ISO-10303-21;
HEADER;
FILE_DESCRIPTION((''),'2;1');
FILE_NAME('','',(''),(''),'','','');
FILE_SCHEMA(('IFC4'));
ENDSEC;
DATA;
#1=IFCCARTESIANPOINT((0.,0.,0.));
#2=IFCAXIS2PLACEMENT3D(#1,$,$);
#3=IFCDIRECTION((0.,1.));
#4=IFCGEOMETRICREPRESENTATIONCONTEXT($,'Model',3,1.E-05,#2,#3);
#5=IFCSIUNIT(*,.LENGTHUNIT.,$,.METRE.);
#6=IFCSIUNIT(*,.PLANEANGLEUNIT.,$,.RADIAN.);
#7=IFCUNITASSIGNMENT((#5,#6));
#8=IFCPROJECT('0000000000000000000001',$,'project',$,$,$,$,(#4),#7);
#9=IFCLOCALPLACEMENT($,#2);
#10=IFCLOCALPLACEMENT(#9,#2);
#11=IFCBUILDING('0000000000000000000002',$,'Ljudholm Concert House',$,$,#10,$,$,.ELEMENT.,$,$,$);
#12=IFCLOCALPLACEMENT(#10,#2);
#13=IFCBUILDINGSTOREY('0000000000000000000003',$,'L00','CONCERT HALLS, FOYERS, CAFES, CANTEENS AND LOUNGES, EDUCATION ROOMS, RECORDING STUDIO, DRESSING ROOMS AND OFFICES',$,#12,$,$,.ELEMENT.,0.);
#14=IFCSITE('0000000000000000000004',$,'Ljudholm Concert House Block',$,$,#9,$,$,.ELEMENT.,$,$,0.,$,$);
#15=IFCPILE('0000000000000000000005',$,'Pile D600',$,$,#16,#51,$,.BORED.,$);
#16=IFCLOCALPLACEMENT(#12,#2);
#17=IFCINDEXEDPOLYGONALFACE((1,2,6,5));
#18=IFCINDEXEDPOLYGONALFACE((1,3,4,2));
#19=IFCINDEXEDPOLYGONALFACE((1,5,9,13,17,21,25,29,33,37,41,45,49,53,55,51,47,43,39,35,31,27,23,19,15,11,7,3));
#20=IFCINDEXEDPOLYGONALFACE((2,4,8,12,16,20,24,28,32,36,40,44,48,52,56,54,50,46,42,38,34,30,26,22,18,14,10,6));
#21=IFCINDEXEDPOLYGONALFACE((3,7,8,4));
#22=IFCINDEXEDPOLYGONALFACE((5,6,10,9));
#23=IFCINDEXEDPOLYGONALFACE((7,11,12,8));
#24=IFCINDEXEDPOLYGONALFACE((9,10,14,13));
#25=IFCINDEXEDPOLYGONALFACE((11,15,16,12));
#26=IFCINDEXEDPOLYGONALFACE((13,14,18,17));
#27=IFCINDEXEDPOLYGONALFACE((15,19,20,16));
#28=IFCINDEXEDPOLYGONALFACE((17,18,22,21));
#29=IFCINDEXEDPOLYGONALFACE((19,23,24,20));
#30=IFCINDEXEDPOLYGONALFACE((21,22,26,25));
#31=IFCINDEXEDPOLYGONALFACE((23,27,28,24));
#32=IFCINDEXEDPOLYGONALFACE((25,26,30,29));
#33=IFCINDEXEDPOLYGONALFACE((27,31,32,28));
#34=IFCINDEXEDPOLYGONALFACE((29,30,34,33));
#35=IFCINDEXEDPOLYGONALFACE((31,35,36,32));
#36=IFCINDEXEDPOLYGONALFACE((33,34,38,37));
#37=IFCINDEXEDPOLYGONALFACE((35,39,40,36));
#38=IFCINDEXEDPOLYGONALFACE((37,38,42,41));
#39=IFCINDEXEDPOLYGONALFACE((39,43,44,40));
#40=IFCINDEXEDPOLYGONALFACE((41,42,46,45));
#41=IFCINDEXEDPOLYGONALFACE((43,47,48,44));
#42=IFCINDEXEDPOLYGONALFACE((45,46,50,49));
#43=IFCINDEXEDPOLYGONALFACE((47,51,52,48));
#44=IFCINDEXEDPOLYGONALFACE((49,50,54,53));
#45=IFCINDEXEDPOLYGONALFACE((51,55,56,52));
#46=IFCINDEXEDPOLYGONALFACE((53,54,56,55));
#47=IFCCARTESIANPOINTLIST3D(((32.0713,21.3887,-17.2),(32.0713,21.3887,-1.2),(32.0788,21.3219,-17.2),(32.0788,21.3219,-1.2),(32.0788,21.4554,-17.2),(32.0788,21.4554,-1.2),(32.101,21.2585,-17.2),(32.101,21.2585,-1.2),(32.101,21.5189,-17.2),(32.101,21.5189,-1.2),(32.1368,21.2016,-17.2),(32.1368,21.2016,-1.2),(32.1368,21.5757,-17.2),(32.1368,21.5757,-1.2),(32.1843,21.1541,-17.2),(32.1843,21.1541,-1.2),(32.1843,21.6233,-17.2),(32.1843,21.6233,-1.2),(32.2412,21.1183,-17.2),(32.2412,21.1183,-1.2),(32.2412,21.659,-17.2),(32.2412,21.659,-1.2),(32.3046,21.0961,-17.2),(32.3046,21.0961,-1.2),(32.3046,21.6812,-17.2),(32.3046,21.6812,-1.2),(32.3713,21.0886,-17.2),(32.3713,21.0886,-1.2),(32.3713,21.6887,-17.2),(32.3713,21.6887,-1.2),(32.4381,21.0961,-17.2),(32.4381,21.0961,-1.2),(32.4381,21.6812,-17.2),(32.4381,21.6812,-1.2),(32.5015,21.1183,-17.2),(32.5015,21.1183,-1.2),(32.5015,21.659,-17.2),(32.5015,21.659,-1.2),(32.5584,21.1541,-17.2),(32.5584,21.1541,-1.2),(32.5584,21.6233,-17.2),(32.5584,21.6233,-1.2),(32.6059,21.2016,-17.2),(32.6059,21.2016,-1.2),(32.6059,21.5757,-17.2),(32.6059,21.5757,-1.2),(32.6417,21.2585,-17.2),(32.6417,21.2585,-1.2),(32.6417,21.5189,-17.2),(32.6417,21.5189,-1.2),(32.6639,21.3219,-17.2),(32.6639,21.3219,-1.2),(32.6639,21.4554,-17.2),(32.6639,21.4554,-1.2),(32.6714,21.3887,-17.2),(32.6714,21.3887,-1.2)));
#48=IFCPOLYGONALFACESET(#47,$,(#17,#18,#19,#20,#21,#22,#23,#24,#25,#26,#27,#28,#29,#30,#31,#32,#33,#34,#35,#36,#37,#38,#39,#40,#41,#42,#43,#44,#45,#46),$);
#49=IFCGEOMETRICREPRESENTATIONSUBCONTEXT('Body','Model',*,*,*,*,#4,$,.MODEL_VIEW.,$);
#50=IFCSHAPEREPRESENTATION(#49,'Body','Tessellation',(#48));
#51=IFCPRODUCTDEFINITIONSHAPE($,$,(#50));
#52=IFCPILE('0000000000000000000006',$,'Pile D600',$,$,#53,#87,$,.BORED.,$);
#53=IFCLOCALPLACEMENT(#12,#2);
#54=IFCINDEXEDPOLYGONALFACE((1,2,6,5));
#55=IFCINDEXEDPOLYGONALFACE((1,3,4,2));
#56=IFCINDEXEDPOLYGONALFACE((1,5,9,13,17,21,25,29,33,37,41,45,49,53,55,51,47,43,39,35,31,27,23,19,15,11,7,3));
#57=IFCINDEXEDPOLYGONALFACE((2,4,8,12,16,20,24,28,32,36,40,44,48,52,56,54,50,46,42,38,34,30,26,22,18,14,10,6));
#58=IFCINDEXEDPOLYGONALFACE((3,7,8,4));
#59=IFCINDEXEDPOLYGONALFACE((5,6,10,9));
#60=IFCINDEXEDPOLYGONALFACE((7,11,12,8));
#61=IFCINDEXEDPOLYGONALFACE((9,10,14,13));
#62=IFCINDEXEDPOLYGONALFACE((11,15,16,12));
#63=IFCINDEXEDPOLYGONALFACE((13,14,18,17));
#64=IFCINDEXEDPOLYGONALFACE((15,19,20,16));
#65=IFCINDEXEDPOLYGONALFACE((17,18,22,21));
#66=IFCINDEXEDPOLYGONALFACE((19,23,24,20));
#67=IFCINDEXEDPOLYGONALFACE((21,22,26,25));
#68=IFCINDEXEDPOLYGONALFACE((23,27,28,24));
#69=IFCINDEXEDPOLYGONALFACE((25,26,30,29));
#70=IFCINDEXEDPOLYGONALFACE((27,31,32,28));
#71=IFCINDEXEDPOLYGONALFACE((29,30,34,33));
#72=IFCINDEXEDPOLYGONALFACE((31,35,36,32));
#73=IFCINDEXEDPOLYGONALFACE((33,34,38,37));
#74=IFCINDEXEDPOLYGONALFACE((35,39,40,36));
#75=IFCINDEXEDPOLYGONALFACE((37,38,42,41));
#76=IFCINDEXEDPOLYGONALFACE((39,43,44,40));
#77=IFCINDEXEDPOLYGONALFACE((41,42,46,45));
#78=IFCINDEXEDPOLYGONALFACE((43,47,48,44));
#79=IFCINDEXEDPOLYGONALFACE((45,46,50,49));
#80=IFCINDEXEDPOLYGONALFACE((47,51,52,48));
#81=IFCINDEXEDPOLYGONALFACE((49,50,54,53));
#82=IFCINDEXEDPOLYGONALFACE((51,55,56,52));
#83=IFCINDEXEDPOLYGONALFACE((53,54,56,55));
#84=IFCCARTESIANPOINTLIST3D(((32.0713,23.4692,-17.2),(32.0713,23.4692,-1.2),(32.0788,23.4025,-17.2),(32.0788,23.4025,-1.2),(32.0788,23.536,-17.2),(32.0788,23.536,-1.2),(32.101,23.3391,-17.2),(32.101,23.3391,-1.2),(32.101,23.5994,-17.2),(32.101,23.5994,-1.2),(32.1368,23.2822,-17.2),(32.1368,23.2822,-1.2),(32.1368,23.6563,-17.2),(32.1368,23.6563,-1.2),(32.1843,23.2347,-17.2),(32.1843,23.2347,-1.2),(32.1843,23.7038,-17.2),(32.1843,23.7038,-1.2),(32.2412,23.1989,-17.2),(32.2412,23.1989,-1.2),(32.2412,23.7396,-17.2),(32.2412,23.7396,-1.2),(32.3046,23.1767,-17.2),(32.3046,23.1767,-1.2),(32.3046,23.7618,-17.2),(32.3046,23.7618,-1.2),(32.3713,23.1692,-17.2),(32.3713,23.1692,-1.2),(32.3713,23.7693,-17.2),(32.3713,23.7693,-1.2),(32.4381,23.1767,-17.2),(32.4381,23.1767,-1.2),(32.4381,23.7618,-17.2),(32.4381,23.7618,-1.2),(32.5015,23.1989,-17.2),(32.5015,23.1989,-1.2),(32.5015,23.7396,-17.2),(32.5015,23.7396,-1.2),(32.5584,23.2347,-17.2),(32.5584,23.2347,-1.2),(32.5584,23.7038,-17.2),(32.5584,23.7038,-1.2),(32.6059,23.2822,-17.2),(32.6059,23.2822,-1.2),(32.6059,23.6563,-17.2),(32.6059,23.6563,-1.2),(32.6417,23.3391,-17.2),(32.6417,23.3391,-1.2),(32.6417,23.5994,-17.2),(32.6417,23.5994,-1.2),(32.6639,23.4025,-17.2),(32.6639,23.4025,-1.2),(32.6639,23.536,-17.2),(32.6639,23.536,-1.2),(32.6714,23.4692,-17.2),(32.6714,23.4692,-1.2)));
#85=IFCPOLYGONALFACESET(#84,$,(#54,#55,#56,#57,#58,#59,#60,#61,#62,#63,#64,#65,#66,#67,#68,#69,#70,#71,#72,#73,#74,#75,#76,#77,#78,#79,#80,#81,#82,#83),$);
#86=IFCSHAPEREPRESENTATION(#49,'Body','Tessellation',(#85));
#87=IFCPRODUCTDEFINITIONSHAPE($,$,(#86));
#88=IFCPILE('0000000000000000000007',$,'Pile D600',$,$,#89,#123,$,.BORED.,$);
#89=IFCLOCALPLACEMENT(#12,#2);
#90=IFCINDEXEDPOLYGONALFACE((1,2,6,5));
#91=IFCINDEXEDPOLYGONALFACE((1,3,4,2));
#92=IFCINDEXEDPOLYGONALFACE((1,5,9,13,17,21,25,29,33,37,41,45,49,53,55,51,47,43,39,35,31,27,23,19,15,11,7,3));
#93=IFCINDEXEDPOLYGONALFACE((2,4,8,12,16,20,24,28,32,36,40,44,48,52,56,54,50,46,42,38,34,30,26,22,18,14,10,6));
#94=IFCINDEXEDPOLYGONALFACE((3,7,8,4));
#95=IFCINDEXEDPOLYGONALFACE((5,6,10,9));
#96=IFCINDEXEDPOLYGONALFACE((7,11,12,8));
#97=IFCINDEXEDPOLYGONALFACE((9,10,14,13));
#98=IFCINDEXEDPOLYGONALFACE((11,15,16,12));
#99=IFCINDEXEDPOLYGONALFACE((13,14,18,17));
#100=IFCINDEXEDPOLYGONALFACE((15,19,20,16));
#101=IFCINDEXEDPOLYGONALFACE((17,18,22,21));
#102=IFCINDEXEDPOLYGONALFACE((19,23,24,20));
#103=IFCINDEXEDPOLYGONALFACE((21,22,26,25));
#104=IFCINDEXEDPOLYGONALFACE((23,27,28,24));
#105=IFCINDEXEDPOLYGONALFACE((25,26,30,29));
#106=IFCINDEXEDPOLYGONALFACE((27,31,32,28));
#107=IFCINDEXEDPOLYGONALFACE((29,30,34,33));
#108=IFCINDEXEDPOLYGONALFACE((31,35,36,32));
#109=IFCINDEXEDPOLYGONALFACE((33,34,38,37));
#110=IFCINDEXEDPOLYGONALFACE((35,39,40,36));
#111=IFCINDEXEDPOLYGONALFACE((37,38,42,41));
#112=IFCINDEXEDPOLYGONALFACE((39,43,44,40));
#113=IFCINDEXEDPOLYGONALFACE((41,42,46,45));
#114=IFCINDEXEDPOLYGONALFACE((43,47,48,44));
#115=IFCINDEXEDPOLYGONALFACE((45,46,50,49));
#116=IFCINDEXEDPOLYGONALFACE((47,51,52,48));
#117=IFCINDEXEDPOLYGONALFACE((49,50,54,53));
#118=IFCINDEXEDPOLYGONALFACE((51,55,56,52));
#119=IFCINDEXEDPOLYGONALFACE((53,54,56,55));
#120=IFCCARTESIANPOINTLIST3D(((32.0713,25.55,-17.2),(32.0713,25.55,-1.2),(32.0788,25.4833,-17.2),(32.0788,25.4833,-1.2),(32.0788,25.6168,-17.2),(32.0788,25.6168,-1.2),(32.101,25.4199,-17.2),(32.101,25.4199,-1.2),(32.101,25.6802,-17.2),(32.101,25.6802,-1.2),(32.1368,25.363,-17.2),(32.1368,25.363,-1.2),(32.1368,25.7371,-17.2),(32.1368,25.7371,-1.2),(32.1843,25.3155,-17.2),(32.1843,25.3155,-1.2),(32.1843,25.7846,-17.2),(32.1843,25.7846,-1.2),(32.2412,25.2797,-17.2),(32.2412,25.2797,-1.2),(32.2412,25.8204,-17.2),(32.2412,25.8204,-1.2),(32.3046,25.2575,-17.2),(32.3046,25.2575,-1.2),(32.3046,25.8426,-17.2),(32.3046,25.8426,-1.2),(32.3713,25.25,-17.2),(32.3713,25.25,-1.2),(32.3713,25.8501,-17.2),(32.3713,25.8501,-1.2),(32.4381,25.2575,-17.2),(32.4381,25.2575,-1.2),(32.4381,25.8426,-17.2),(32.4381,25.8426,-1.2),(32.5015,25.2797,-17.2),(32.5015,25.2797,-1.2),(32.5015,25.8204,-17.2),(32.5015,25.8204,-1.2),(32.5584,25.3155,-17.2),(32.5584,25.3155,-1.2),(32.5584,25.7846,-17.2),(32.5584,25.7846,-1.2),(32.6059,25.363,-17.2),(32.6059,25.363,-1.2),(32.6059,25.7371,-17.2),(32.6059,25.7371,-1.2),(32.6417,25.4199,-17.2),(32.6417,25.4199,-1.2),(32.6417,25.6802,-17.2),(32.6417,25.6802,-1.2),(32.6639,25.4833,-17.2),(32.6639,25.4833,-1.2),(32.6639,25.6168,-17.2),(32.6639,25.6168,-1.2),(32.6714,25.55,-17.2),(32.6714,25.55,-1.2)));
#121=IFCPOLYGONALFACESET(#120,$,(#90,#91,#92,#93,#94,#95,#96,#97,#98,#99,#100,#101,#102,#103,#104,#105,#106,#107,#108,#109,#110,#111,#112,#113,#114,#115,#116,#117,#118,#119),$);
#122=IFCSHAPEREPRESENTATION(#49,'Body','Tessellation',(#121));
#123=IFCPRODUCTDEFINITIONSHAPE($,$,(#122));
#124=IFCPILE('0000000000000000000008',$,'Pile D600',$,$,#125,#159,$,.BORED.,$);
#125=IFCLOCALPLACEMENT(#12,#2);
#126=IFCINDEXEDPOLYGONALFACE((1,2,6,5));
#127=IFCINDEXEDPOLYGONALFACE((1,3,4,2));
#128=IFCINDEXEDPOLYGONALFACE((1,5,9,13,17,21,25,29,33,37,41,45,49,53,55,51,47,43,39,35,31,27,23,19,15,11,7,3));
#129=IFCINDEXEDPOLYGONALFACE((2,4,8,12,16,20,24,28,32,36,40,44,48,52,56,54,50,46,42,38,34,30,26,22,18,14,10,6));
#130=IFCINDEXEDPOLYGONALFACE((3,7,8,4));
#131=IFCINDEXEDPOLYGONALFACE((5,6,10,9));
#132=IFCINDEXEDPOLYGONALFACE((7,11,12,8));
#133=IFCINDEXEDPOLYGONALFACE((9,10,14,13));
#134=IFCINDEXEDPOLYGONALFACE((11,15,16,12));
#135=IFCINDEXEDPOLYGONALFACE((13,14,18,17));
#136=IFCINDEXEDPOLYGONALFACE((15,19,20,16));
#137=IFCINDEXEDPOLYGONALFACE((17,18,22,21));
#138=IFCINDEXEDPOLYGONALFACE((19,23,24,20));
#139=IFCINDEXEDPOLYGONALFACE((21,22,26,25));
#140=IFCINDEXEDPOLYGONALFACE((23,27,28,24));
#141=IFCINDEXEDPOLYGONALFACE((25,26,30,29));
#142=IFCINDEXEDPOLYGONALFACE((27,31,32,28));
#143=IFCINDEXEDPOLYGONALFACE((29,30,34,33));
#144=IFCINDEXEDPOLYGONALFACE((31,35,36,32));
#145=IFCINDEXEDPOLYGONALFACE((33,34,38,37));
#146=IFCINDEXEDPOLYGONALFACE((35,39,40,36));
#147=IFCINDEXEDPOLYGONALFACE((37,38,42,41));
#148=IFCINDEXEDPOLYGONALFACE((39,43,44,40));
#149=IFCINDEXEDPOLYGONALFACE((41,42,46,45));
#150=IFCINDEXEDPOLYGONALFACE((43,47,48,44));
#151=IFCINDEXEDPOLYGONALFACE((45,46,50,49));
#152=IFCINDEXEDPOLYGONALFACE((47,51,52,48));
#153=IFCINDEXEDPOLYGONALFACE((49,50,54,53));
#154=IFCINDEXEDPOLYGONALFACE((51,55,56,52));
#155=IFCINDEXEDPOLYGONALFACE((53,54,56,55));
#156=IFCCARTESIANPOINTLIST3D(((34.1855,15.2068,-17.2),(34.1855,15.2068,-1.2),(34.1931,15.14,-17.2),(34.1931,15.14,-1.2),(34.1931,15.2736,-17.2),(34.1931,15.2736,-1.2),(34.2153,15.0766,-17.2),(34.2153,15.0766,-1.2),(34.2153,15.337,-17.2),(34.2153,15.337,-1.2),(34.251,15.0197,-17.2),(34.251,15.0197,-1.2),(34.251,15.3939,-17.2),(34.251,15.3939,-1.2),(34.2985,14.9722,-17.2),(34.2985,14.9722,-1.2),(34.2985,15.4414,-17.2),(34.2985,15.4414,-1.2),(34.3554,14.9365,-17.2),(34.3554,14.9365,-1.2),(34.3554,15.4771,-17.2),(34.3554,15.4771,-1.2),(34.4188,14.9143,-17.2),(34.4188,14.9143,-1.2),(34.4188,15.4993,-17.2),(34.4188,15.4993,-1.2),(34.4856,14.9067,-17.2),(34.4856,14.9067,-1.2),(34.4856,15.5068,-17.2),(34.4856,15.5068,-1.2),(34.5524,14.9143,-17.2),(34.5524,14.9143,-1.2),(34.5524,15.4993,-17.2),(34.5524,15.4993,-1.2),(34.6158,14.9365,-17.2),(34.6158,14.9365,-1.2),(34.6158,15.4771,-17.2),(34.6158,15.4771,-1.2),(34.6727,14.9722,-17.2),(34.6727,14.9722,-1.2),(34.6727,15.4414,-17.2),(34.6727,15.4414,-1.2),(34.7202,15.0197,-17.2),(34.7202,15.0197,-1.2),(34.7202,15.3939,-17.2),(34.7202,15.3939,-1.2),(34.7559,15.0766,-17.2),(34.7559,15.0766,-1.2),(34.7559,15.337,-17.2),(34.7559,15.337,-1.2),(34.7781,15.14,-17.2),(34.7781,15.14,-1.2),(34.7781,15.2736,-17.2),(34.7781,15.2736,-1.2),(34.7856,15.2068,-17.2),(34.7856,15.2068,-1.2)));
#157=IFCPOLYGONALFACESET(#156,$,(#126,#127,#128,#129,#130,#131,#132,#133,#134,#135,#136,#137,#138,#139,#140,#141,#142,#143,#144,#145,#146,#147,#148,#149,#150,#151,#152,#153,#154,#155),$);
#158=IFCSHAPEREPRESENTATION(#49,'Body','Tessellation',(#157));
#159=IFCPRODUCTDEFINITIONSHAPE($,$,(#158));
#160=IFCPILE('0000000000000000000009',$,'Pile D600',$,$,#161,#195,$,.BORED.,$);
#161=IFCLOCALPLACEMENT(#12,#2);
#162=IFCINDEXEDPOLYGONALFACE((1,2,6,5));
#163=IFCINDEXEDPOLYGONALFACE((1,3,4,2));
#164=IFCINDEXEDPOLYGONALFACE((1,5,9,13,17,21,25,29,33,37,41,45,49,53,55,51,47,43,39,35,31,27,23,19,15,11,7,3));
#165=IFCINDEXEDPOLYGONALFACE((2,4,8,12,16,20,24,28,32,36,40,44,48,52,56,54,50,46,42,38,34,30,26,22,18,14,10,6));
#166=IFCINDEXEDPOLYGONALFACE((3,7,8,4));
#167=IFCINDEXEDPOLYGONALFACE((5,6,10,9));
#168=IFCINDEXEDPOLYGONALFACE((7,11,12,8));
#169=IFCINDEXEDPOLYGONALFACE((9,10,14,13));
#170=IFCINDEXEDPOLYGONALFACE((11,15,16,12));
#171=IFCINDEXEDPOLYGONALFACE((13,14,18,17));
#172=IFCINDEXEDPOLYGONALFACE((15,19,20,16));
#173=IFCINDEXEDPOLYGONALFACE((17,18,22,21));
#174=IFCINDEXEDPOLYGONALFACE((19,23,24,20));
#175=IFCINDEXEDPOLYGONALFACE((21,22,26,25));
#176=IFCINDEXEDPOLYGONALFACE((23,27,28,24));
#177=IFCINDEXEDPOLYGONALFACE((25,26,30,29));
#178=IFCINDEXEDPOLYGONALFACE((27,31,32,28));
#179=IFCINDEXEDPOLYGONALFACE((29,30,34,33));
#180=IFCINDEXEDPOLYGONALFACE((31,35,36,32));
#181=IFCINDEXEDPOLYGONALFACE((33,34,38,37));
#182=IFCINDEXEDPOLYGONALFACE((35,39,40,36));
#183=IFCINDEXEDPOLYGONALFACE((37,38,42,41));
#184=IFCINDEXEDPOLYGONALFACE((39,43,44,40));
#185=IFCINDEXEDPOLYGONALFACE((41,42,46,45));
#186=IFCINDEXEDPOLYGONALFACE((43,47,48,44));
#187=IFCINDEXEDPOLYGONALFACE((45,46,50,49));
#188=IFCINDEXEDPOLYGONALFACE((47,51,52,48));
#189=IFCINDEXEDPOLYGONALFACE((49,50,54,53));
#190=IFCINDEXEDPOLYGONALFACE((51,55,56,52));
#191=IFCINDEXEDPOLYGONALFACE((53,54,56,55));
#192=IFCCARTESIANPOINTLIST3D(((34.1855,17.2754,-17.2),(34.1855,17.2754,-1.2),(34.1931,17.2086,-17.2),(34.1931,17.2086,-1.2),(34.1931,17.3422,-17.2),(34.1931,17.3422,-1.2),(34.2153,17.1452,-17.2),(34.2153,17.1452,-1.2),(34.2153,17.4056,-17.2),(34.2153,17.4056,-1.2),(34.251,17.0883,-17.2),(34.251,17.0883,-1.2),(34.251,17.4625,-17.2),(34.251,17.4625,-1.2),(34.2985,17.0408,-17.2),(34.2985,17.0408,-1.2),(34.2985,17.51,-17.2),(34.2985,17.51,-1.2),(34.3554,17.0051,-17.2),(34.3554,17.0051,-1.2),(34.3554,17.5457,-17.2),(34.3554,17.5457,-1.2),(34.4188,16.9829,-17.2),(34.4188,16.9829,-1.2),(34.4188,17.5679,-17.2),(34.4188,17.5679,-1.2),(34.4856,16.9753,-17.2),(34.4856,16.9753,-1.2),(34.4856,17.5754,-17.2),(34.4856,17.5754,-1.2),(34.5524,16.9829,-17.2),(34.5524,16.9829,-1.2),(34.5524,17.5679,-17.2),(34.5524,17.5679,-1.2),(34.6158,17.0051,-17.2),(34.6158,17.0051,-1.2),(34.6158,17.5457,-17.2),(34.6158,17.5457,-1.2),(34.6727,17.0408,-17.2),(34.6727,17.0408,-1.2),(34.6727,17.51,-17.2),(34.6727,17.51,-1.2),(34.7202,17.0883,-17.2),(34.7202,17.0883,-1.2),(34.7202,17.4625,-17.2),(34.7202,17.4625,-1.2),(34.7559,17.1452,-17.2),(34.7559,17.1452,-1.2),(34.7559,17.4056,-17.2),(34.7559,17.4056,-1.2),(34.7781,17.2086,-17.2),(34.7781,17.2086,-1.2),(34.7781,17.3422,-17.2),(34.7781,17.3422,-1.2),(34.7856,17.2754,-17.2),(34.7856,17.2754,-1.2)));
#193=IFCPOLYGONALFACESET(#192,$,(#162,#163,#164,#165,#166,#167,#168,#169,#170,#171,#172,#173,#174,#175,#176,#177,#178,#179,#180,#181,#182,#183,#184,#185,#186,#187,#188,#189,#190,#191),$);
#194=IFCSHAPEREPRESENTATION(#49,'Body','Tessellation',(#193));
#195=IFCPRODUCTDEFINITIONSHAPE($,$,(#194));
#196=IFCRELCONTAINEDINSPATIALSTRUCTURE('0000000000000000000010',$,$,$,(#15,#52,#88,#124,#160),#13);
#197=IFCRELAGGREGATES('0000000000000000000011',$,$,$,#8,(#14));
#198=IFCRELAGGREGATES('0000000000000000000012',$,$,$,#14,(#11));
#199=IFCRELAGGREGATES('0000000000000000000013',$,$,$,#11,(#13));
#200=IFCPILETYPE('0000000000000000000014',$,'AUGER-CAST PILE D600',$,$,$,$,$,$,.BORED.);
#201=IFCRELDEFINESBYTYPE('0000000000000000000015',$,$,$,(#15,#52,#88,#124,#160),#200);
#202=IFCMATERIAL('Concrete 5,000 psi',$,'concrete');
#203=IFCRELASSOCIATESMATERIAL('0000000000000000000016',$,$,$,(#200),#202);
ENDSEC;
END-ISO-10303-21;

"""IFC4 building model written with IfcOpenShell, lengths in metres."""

from ifc_helpers import new_model, si_unit, direction, frame, origin, origin_2d, place, context, subcontext, project, spatial, circle, extrude, material, material_profile, profile_set, type_object, element, save


model = new_model("IFC4")

# Units and contexts
model_context = context("Model", 3, precision=1e-05, world=origin(), true_north=direction((0.0, 1.0)))
body_context = subcontext(model_context, "Body", "Model", "MODEL_VIEW")
ifc_project = project(units=[si_unit("LENGTHUNIT", "METRE"), si_unit("PLANEANGLEUNIT", "RADIAN")], contexts=[model_context])

# Site, building, storey
site_placement = place(None, origin())
site = spatial("IfcSite", under=ifc_project, at=site_placement, Name="Ljudholm Concert House Block", CompositionType="ELEMENT", RefElevation=0.0)
building_placement = place(site_placement, origin())
building = spatial("IfcBuilding", under=site, at=building_placement, Name="Ljudholm Concert House", CompositionType="ELEMENT")
storey_placement = place(building_placement, origin())
storey = spatial("IfcBuildingStorey", under=building, at=storey_placement, Name="L00", Description="CONCERT HALLS, FOYERS, CAFES, CANTEENS AND LOUNGES, EDUCATION ROOMS, RECORDING STUDIO, DRESSING ROOMS AND OFFICES", CompositionType="ELEMENT", Elevation=0.0)

# Piles
ifc_material_1 = material(Name="Concrete 5,000 psi", Category="concrete")
ifc_material_profile_1 = material_profile(ifc_material_1, circle(Radius=0.3, at=origin_2d()), Name="AUGER-CAST PILE D600")
ifc_profile_set_1 = profile_set([ifc_material_profile_1], Name="Concrete 5,000 psi")
pile_type = type_object("IfcPileType", Name="AUGER-CAST PILE D600", PredefinedType="BORED", material=ifc_profile_set_1)
for number, where, z_axis, x_axis, name in (
    (1, (32.3713, 21.3887, -1.2), (0.0, 0.0, -1.0), (1.0, 0.0, 0.0), "Pile D600"),
    (2, (32.3713, 23.4692, -1.2), (0.0, 0.0, -1.0), (1.0, 0.0, 0.0), "Pile D600"),
    (3, (32.3713, 25.55, -1.2), (0.0, 0.0, -1.0), (1.0, 0.0, 0.0), "Pile D600"),
    (4, (34.4856, 15.2068, -1.2), (0.0, 0.0, -1.0), (1.0, 0.0, 0.0), "Pile D600"),
    (5, (34.4856, 17.2754, -1.2), (0.0, 0.0, -1.0), (1.0, 0.0, 0.0), "Pile D600"),
):
    element("IfcPile", number, at=place(storey_placement, frame(where, z_axis=z_axis, x_axis=x_axis)), inside=storey, type_object=pile_type, Name=name, PredefinedType="BORED", context=body_context, shape_type="SweptSolid", body=[
        extrude(circle(Radius=0.3, at=origin_2d()), origin(), (0.0, 0.0, 1.0), 16.0),
    ])

save(model, "model.ifc")
